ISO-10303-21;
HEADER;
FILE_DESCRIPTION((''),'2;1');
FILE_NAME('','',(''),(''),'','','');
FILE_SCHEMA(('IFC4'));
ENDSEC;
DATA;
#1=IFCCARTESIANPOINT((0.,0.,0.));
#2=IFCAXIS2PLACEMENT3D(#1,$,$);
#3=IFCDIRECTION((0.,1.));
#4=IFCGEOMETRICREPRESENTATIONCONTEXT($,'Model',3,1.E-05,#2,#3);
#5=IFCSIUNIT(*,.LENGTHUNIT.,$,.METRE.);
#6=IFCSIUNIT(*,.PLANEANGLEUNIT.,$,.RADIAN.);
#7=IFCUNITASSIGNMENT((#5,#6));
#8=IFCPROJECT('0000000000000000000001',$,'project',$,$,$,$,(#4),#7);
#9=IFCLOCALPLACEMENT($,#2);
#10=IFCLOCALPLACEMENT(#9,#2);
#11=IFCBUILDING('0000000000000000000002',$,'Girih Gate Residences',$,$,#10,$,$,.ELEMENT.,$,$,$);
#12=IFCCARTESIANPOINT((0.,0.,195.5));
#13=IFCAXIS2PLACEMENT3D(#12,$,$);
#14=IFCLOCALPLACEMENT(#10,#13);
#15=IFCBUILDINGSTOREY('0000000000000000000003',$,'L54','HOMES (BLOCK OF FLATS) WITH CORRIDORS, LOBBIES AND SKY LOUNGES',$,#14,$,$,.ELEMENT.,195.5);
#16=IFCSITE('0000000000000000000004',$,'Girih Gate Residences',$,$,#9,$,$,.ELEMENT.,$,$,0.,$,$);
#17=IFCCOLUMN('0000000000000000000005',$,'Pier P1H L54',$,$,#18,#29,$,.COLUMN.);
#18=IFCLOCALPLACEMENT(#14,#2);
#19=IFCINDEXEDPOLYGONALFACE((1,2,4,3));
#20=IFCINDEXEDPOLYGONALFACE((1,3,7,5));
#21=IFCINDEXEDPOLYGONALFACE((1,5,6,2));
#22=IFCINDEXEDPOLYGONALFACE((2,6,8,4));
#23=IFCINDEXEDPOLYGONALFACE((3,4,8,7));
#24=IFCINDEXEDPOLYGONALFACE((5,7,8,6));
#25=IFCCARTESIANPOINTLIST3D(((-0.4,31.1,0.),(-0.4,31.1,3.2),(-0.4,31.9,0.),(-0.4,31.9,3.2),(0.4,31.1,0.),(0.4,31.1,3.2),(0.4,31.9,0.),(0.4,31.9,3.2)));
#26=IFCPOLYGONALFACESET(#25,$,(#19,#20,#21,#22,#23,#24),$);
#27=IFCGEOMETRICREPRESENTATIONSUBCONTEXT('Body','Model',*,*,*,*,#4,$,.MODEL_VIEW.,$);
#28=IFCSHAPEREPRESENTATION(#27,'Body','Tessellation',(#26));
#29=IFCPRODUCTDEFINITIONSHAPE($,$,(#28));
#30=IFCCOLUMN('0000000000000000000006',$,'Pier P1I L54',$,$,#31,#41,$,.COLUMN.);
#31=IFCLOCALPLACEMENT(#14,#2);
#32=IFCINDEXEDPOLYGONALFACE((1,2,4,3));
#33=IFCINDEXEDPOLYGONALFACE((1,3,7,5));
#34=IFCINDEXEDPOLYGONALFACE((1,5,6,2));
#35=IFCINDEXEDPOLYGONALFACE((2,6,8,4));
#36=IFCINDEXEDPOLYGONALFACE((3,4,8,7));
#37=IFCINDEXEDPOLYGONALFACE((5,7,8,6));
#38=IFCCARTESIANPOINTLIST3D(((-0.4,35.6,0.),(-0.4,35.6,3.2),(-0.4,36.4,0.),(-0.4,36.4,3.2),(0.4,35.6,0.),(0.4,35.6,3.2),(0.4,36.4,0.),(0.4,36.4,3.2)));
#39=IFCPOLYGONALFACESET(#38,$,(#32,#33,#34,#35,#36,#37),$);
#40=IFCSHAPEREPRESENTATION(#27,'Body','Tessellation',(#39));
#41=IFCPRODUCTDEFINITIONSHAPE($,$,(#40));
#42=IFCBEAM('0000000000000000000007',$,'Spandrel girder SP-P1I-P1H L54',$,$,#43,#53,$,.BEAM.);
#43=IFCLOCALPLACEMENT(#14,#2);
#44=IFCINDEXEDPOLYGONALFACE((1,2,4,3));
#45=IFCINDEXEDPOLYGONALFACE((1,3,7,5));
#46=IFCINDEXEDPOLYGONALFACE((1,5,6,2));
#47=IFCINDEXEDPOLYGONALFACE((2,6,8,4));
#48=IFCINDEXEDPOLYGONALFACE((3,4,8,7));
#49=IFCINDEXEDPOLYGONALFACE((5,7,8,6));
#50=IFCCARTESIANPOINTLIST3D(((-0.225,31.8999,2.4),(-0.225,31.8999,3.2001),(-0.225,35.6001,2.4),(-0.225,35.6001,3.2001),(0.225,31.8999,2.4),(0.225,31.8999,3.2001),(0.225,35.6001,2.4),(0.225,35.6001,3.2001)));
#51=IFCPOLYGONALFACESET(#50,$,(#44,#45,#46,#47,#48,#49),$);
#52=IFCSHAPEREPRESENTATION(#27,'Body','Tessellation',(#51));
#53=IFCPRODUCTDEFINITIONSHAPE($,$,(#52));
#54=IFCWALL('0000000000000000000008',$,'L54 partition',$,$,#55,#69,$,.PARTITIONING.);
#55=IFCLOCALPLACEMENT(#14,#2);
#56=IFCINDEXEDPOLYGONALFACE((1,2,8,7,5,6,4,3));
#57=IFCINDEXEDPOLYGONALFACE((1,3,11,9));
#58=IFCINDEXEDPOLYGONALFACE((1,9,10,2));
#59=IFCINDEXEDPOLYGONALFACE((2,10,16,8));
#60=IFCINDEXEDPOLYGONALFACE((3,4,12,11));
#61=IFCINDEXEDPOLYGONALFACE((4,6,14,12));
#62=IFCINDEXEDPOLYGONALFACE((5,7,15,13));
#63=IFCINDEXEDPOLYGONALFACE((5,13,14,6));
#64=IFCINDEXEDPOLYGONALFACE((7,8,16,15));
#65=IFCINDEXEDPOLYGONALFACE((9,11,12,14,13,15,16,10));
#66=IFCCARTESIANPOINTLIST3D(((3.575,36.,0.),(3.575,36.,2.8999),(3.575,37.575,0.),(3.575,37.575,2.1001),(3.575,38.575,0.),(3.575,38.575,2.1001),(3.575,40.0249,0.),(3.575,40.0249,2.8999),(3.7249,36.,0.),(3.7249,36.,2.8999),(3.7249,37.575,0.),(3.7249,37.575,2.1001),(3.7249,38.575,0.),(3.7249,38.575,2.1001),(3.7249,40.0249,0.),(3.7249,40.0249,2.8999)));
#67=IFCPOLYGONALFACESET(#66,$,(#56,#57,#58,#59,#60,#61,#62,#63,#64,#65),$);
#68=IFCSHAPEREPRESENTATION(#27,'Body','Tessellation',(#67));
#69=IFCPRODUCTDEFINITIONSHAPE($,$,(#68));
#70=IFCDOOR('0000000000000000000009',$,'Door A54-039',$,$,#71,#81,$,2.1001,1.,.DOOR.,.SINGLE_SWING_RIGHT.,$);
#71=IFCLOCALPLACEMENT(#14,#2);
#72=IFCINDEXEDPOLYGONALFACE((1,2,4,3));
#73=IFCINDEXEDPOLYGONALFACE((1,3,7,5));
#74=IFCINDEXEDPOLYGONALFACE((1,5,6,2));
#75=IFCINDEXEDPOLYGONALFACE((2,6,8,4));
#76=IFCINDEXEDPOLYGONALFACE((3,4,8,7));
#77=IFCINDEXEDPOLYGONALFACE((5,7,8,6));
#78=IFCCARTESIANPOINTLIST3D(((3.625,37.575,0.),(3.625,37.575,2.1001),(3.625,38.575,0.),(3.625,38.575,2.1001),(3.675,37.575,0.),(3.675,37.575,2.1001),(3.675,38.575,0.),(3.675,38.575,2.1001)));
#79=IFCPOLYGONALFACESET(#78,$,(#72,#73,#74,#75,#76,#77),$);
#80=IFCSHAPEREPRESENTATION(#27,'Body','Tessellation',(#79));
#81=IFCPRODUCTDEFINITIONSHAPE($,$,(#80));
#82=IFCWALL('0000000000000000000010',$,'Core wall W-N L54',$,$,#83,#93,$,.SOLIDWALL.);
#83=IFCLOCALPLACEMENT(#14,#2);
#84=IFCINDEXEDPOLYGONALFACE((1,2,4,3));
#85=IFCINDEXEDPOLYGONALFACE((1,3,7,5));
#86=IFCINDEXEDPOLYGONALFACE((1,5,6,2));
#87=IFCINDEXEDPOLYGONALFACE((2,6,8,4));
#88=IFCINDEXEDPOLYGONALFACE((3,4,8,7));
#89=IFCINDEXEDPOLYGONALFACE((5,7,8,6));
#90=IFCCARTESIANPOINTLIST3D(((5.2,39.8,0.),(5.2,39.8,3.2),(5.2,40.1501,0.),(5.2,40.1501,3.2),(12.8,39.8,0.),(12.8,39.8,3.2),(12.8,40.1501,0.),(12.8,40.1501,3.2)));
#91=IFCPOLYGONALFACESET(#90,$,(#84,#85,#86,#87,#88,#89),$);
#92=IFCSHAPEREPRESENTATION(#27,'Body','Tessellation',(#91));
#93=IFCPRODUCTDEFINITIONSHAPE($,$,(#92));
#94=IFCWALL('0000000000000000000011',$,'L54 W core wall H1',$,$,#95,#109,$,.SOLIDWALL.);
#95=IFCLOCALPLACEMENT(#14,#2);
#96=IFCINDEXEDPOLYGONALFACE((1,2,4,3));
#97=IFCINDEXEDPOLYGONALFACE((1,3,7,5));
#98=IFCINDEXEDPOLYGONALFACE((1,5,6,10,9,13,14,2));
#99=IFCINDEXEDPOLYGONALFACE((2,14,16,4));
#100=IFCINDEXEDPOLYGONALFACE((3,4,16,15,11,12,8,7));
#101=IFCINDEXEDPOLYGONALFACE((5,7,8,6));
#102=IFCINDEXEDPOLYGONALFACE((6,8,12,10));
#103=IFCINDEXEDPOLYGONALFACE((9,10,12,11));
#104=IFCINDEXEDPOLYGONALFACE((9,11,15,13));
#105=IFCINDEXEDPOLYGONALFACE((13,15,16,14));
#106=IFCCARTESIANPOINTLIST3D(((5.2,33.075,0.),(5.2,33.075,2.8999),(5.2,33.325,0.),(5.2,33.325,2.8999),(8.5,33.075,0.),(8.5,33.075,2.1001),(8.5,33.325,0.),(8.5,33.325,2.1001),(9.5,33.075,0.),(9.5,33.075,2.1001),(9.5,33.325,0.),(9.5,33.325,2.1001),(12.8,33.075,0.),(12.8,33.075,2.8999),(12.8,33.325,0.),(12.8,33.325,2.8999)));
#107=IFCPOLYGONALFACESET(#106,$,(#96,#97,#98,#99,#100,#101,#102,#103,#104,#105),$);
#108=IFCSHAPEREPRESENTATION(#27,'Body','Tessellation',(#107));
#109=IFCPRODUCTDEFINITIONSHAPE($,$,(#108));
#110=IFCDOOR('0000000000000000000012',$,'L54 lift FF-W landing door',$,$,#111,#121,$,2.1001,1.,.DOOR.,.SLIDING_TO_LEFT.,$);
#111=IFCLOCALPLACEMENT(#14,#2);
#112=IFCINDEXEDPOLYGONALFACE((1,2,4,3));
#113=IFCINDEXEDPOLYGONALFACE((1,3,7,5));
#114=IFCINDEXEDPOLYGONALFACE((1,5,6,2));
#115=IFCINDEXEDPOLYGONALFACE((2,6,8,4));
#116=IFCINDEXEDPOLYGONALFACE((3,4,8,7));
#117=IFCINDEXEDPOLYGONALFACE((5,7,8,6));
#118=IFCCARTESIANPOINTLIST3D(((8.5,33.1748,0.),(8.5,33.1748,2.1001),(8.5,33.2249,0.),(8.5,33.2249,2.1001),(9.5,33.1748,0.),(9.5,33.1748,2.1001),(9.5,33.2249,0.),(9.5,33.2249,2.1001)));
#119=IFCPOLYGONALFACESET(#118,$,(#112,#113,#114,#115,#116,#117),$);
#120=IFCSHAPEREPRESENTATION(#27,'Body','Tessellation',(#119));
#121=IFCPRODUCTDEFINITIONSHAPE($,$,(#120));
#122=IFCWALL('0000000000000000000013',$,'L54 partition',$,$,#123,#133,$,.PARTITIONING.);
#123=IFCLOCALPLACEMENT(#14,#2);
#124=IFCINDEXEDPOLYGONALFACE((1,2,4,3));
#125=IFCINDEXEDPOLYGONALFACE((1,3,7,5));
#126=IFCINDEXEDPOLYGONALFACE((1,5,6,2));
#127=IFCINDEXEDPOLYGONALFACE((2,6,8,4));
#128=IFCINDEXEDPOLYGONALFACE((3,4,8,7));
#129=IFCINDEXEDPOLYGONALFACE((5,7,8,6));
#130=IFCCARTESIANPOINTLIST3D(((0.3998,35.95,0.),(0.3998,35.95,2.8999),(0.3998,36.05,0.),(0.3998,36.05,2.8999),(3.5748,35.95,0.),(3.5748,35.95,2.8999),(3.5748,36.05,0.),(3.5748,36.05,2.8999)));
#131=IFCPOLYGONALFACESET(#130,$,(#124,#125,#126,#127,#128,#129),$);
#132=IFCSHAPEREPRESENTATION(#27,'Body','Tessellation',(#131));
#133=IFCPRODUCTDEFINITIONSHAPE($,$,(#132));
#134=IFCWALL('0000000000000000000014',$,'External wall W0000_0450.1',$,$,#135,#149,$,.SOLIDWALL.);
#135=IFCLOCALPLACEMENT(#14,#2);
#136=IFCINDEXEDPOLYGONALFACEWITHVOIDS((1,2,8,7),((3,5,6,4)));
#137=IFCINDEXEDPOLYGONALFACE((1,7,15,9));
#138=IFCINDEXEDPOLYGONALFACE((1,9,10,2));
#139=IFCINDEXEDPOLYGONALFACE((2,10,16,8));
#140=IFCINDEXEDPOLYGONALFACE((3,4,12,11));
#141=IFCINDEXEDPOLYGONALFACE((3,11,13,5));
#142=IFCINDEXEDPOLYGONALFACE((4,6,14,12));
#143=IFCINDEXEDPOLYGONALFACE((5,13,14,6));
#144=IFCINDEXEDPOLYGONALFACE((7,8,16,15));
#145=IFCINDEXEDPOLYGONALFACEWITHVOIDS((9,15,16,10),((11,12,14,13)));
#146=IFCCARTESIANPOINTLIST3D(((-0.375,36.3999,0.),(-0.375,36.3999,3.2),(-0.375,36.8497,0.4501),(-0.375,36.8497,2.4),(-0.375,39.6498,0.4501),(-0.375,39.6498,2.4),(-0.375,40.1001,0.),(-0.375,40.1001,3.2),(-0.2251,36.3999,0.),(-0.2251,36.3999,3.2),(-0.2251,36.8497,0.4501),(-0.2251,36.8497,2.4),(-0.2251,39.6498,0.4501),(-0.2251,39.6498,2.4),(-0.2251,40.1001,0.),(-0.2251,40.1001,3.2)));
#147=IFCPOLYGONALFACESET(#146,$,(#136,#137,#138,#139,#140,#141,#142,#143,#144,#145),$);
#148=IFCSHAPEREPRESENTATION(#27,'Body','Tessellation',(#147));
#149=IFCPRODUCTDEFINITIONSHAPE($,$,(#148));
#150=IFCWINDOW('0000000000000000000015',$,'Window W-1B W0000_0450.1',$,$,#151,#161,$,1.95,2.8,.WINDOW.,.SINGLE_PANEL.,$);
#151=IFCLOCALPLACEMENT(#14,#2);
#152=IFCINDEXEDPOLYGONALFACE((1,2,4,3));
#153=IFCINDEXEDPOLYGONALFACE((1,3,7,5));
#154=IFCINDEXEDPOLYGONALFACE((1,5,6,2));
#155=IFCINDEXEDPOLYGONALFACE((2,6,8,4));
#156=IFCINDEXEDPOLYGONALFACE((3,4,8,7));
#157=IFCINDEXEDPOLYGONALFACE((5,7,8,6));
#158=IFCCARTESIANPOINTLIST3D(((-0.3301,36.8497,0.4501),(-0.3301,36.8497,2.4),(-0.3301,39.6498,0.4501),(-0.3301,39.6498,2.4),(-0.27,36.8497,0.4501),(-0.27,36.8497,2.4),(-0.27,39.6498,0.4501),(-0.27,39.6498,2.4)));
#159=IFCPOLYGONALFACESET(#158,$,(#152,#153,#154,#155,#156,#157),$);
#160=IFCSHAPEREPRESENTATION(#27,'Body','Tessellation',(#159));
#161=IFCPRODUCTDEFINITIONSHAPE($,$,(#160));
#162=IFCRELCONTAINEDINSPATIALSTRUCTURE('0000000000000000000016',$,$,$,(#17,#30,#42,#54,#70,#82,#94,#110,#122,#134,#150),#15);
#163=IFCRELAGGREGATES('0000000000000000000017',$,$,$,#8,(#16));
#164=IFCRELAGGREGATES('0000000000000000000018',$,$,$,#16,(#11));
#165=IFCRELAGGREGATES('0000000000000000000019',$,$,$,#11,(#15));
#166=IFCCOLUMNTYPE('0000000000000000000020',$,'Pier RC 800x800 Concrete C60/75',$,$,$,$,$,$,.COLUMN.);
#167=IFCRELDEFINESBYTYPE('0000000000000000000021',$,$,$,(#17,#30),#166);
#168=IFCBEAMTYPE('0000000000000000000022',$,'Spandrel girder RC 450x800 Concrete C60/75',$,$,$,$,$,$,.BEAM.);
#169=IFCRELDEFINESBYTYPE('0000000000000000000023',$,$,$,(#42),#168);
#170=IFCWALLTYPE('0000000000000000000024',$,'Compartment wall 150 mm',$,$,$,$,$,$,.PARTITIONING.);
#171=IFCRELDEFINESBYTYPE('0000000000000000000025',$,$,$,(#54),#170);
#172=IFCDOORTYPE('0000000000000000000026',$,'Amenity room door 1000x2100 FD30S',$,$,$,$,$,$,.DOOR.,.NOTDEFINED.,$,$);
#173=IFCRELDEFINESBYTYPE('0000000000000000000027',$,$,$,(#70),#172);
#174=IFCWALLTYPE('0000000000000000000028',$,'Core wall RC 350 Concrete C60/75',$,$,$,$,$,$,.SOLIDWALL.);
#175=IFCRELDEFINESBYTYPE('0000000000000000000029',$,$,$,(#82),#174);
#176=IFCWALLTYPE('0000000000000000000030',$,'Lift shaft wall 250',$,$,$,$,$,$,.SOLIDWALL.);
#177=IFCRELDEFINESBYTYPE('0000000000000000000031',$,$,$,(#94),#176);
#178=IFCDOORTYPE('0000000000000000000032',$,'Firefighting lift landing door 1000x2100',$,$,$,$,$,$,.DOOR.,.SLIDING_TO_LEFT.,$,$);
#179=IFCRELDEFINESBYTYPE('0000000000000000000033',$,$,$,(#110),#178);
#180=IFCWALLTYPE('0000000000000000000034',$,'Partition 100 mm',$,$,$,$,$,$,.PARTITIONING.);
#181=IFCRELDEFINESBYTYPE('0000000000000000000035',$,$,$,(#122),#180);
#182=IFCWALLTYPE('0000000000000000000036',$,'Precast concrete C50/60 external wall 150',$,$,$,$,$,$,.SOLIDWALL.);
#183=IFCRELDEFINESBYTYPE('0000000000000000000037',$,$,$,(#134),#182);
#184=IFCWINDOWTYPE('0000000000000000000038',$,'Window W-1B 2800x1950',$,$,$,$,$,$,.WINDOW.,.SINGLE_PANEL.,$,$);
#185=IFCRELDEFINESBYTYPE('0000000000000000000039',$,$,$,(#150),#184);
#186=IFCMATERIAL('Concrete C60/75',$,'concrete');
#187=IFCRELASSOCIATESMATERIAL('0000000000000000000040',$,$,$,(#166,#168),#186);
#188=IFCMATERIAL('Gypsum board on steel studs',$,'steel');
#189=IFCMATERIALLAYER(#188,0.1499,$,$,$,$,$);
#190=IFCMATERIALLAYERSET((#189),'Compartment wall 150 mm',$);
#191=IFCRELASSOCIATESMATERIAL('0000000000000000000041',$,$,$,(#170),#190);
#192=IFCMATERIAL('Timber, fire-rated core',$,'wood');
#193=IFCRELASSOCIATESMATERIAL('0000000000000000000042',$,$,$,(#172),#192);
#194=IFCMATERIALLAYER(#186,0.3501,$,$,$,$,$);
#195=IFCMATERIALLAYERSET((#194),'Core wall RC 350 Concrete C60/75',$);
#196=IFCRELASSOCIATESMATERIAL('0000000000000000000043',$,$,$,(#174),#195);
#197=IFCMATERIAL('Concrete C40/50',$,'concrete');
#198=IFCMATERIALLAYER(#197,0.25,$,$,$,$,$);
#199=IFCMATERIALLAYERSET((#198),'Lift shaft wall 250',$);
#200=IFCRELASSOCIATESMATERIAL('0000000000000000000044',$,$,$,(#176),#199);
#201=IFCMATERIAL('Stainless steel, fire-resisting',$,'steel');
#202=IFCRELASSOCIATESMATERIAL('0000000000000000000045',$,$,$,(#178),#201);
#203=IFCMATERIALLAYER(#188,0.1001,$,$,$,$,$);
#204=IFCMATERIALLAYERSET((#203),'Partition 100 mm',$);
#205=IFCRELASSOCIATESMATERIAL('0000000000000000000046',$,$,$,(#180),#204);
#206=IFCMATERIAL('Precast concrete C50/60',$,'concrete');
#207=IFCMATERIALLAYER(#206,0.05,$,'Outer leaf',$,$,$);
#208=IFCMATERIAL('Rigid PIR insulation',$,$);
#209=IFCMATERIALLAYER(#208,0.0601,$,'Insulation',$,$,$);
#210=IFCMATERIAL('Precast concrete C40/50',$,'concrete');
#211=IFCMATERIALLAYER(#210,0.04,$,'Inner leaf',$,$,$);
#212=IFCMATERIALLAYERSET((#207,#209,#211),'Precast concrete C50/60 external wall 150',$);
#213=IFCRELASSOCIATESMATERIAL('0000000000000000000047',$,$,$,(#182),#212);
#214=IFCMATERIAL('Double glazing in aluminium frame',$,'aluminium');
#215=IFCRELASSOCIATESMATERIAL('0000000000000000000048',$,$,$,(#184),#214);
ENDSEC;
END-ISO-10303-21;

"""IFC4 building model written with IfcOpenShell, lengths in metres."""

from ifc_helpers import new_model, si_unit, direction, frame, frame_2d, origin, origin_2d, place, context, subcontext, project, spatial, rectangle, extrude, material, layer, layer_set, material_profile, profile_set, type_object, element, fill, save


model = new_model("IFC4")

# Units and contexts
model_context = context("Model", 3, precision=1e-05, world=origin(), true_north=direction((0.0, 1.0)))
body_context = subcontext(model_context, "Body", "Model", "MODEL_VIEW")
ifc_project = project(units=[si_unit("LENGTHUNIT", "METRE"), si_unit("PLANEANGLEUNIT", "RADIAN")], contexts=[model_context])

# Site, building, storey
site_placement = place(None, origin())
site = spatial("IfcSite", under=ifc_project, at=site_placement, Name="Girih Gate Residences", CompositionType="ELEMENT", RefElevation=0.0)
building_placement = place(site_placement, origin())
building = spatial("IfcBuilding", under=site, at=building_placement, Name="Girih Gate Residences", CompositionType="ELEMENT")
storey_placement = place(building_placement, frame((0.0, 0.0, 195.5)))
storey = spatial("IfcBuildingStorey", under=building, at=storey_placement, Name="L54", Description="HOMES (BLOCK OF FLATS) WITH CORRIDORS, LOBBIES AND SKY LOUNGES", CompositionType="ELEMENT", Elevation=195.5)

# Columns
ifc_material_1 = material(Name="Concrete C60/75", Category="concrete")
ifc_material_profile_1 = material_profile(ifc_material_1, rectangle(XDim=0.8, YDim=0.8, at=origin_2d()))
ifc_profile_set_1 = profile_set([ifc_material_profile_1], Name="Concrete C60/75")
column_type = type_object("IfcColumnType", Name="Pier RC 800x800 Concrete C60/75", PredefinedType="COLUMN", material=ifc_profile_set_1)
for number, where, z_axis, x_axis, name in (
    (1, (0.0, 31.5, 0.0), (0.0, 0.0, 1.0), (1.0, 0.0, 0.0), "Pier P1H L54"),
    (2, (0.0, 36.0, 0.0), (0.0, 0.0, 1.0), (1.0, 0.0, 0.0), "Pier P1I L54"),
):
    element("IfcColumn", number, at=place(storey_placement, frame(where, z_axis=z_axis, x_axis=x_axis)), inside=storey, type_object=column_type, Name=name, PredefinedType="COLUMN", context=body_context, shape_type="SweptSolid", body=[
        extrude(rectangle(XDim=0.8, YDim=0.8, at=origin_2d()), origin(), (0.0, 0.0, 1.0), 3.2),
    ])

# Beam
ifc_material_profile_2 = material_profile(ifc_material_1, rectangle(XDim=0.45, YDim=0.8, at=origin_2d()))
ifc_profile_set_2 = profile_set([ifc_material_profile_2], Name="Concrete C60/75")
beam_type = type_object("IfcBeamType", Name="Spandrel girder RC 450x800 Concrete C60/75", PredefinedType="BEAM", material=ifc_profile_set_2)
beam_placement = place(storey_placement, frame((0.0, 35.6001, 2.8), z_axis=(0.0, -1.0, 0.0), x_axis=(1.0, 0.0, 0.0)))
element("IfcBeam", 3, at=beam_placement, inside=storey, type_object=beam_type, Name="Spandrel girder SP-P1I-P1H L54", PredefinedType="BEAM", context=body_context, shape_type="SweptSolid", body=[
    extrude(rectangle(XDim=0.45, YDim=0.8, at=origin_2d()), origin(), (0.0, 0.0, 1.0), 3.7002),
])

# Wall, opening, door
ifc_material_2 = material(Name="Gypsum board on steel studs", Category="steel")
ifc_layer_1 = layer(ifc_material_2, 0.1499)
ifc_layer_set_1 = layer_set([ifc_layer_1], Name="Compartment wall 150 mm")
wall_type_1 = type_object("IfcWallType", Name="Compartment wall 150 mm", PredefinedType="PARTITIONING", material=ifc_layer_set_1)
wall_1_placement = place(storey_placement, frame((3.6499, 36.0, 0.0), z_axis=(0.0, 0.0, 1.0), x_axis=(0.0, 1.0, 0.0)))
wall_1 = element("IfcWall", 4, at=wall_1_placement, inside=storey, type_object=wall_type_1, Name="L54 partition", PredefinedType="PARTITIONING", context=body_context, shape_type="SweptSolid", body=[
    extrude(rectangle(XDim=4.0249, YDim=0.1499, at=frame_2d((2.0125, 0.0))), origin(), (0.0, 0.0, 1.0), 2.8999),
])
opening_1_placement = place(wall_1_placement, frame((1.575, 0.0, 0.0)))
opening_1 = element("IfcOpeningElement", 5, at=opening_1_placement, cuts=wall_1, PredefinedType="OPENING", context=body_context, shape_type="SweptSolid", body=[
    extrude(rectangle(XDim=1.0, YDim=2.1001, at=frame_2d((0.5, 1.05))), frame((0.0, 0.085, 0.0), z_axis=(0.0, -1.0, 0.0), x_axis=(1.0, 0.0, 0.0)), (0.0, 0.0, 1.0), 0.1699),
])
ifc_material_3 = material(Name="Timber, fire-rated core", Category="wood")
door_type_1 = type_object("IfcDoorType", Name="Amenity room door 1000x2100 FD30S", OperationType="NOTDEFINED", PredefinedType="DOOR", material=ifc_material_3)
door_1_placement = place(opening_1_placement, origin())
door_1 = element("IfcDoor", 6, at=door_1_placement, inside=storey, type_object=door_type_1, Name="Door A54-039", OperationType="SINGLE_SWING_RIGHT", OverallHeight=2.1001, OverallWidth=1.0, PredefinedType="DOOR", context=body_context, shape_type="SweptSolid", body=[
    extrude(rectangle(XDim=1.0, YDim=2.1001, at=frame_2d((0.5, 1.05))), frame((0.0, 0.0249, 0.0), z_axis=(0.0, -1.0, 0.0), x_axis=(1.0, 0.0, 0.0)), (0.0, 0.0, 1.0), 0.05),
])
fill(opening_1, door_1)

# Wall
ifc_layer_2 = layer(ifc_material_1, 0.3501)
ifc_layer_set_2 = layer_set([ifc_layer_2], Name="Core wall RC 350 Concrete C60/75")
wall_type_2 = type_object("IfcWallType", Name="Core wall RC 350 Concrete C60/75", PredefinedType="SOLIDWALL", material=ifc_layer_set_2)
wall_2_placement = place(storey_placement, frame((5.2, 39.9751, 0.0), z_axis=(0.0, 0.0, 1.0), x_axis=(1.0, 0.0, 0.0)))
element("IfcWall", 7, at=wall_2_placement, inside=storey, type_object=wall_type_2, Name="Core wall W-N L54", PredefinedType="SOLIDWALL", context=body_context, shape_type="SweptSolid", body=[
    extrude(rectangle(XDim=7.6001, YDim=0.3501, at=frame_2d((3.8, 0.0))), origin(), (0.0, 0.0, 1.0), 3.2),
])

# Wall, opening, door
ifc_material_4 = material(Name="Concrete C40/50", Category="concrete")
ifc_layer_3 = layer(ifc_material_4, 0.25)
ifc_layer_set_3 = layer_set([ifc_layer_3], Name="Lift shaft wall 250")
wall_type_3 = type_object("IfcWallType", Name="Lift shaft wall 250", PredefinedType="SOLIDWALL", material=ifc_layer_set_3)
wall_3_placement = place(storey_placement, frame((5.2, 33.2, 0.0), z_axis=(0.0, 0.0, 1.0), x_axis=(1.0, 0.0, 0.0)))
wall_3 = element("IfcWall", 8, at=wall_3_placement, inside=storey, type_object=wall_type_3, Name="L54 W core wall H1", PredefinedType="SOLIDWALL", context=body_context, shape_type="SweptSolid", body=[
    extrude(rectangle(XDim=7.6001, YDim=0.25, at=frame_2d((3.8, 0.0))), origin(), (0.0, 0.0, 1.0), 2.8999),
])
opening_2_placement = place(wall_3_placement, frame((3.3, 0.0, 0.0)))
opening_2 = element("IfcOpeningElement", 9, at=opening_2_placement, cuts=wall_3, PredefinedType="OPENING", context=body_context, shape_type="SweptSolid", body=[
    extrude(rectangle(XDim=1.0, YDim=2.1001, at=frame_2d((0.5, 1.05))), frame((0.0, 0.135, 0.0), z_axis=(0.0, -1.0, 0.0), x_axis=(1.0, 0.0, 0.0)), (0.0, 0.0, 1.0), 0.27),
])
ifc_material_5 = material(Name="Stainless steel, fire-resisting", Category="steel")
door_type_2 = type_object("IfcDoorType", Name="Firefighting lift landing door 1000x2100", OperationType="SLIDING_TO_LEFT", PredefinedType="DOOR", material=ifc_material_5)
door_2_placement = place(opening_2_placement, origin())
door_2 = element("IfcDoor", 10, at=door_2_placement, inside=storey, type_object=door_type_2, Name="L54 lift FF-W landing door", OperationType="SLIDING_TO_LEFT", OverallHeight=2.1001, OverallWidth=1.0, PredefinedType="DOOR", context=body_context, shape_type="SweptSolid", body=[
    extrude(rectangle(XDim=1.0, YDim=2.1001, at=frame_2d((0.5, 1.05))), frame((0.0, 0.0249, 0.0), z_axis=(0.0, -1.0, 0.0), x_axis=(1.0, 0.0, 0.0)), (0.0, 0.0, 1.0), 0.05),
])
fill(opening_2, door_2)

# Wall
ifc_layer_4 = layer(ifc_material_2, 0.1001)
ifc_layer_set_4 = layer_set([ifc_layer_4], Name="Partition 100 mm")
wall_type_4 = type_object("IfcWallType", Name="Partition 100 mm", PredefinedType="PARTITIONING", material=ifc_layer_set_4)
wall_4_placement = place(storey_placement, frame((0.3999, 36.0, 0.0), z_axis=(0.0, 0.0, 1.0), x_axis=(1.0, 0.0, 0.0)))
element("IfcWall", 11, at=wall_4_placement, inside=storey, type_object=wall_type_4, Name="L54 partition", PredefinedType="PARTITIONING", context=body_context, shape_type="SweptSolid", body=[
    extrude(rectangle(XDim=3.175, YDim=0.1001, at=frame_2d((1.5874, 0.0))), origin(), (0.0, 0.0, 1.0), 2.8999),
])

# Wall, opening, window
ifc_material_6 = material(Name="Precast concrete C50/60", Category="concrete")
ifc_layer_5 = layer(ifc_material_6, 0.05, Name="Outer leaf")
ifc_material_7 = material(Name="Rigid PIR insulation")
ifc_layer_6 = layer(ifc_material_7, 0.0601, Name="Insulation")
ifc_material_8 = material(Name="Precast concrete C40/50", Category="concrete")
ifc_layer_7 = layer(ifc_material_8, 0.04, Name="Inner leaf")
ifc_layer_set_5 = layer_set([ifc_layer_5, ifc_layer_6, ifc_layer_7], Name="Precast concrete C50/60 external wall 150")
wall_type_5 = type_object("IfcWallType", Name="Precast concrete C50/60 external wall 150", PredefinedType="SOLIDWALL", material=ifc_layer_set_5)
wall_5_placement = place(storey_placement, frame((-0.3, 36.3999, 0.0), z_axis=(0.0, 0.0, 1.0), x_axis=(0.0, 1.0, 0.0)))
wall_5 = element("IfcWall", 12, at=wall_5_placement, inside=storey, type_object=wall_type_5, Name="External wall W0000_0450.1", PredefinedType="SOLIDWALL", context=body_context, shape_type="SweptSolid", body=[
    extrude(rectangle(XDim=3.7002, YDim=0.1499, at=frame_2d((1.8501, 0.0))), origin(), (0.0, 0.0, 1.0), 3.2),
])
opening_3_placement = place(wall_5_placement, frame((0.45, 0.0, 0.45)))
opening_3 = element("IfcOpeningElement", 13, at=opening_3_placement, cuts=wall_5, PredefinedType="OPENING", context=body_context, shape_type="SweptSolid", body=[
    extrude(rectangle(XDim=2.8, YDim=1.95, at=frame_2d((1.3999, 0.9751))), frame((0.0, 0.085, 0.0), z_axis=(0.0, -1.0, 0.0), x_axis=(1.0, 0.0, 0.0)), (0.0, 0.0, 1.0), 0.1699),
])
ifc_material_9 = material(Name="Double glazing in aluminium frame", Category="aluminium")
window_type = type_object("IfcWindowType", Name="Window W-1B 2800x1950", PartitioningType="SINGLE_PANEL", PredefinedType="WINDOW", material=ifc_material_9)
window_1_placement = place(opening_3_placement, origin())
window_1 = element("IfcWindow", 14, at=window_1_placement, inside=storey, type_object=window_type, Name="Window W-1B W0000_0450.1", OverallHeight=1.95, OverallWidth=2.8, PartitioningType="SINGLE_PANEL", PredefinedType="WINDOW", context=body_context, shape_type="SweptSolid", body=[
    extrude(rectangle(XDim=2.8, YDim=1.95, at=frame_2d((1.3999, 0.9751))), frame((0.0, 0.03, 0.0), z_axis=(0.0, -1.0, 0.0), x_axis=(1.0, 0.0, 0.0)), (0.0, 0.0, 1.0), 0.0601),
])
fill(opening_3, window_1)

save(model, "model.ifc")
